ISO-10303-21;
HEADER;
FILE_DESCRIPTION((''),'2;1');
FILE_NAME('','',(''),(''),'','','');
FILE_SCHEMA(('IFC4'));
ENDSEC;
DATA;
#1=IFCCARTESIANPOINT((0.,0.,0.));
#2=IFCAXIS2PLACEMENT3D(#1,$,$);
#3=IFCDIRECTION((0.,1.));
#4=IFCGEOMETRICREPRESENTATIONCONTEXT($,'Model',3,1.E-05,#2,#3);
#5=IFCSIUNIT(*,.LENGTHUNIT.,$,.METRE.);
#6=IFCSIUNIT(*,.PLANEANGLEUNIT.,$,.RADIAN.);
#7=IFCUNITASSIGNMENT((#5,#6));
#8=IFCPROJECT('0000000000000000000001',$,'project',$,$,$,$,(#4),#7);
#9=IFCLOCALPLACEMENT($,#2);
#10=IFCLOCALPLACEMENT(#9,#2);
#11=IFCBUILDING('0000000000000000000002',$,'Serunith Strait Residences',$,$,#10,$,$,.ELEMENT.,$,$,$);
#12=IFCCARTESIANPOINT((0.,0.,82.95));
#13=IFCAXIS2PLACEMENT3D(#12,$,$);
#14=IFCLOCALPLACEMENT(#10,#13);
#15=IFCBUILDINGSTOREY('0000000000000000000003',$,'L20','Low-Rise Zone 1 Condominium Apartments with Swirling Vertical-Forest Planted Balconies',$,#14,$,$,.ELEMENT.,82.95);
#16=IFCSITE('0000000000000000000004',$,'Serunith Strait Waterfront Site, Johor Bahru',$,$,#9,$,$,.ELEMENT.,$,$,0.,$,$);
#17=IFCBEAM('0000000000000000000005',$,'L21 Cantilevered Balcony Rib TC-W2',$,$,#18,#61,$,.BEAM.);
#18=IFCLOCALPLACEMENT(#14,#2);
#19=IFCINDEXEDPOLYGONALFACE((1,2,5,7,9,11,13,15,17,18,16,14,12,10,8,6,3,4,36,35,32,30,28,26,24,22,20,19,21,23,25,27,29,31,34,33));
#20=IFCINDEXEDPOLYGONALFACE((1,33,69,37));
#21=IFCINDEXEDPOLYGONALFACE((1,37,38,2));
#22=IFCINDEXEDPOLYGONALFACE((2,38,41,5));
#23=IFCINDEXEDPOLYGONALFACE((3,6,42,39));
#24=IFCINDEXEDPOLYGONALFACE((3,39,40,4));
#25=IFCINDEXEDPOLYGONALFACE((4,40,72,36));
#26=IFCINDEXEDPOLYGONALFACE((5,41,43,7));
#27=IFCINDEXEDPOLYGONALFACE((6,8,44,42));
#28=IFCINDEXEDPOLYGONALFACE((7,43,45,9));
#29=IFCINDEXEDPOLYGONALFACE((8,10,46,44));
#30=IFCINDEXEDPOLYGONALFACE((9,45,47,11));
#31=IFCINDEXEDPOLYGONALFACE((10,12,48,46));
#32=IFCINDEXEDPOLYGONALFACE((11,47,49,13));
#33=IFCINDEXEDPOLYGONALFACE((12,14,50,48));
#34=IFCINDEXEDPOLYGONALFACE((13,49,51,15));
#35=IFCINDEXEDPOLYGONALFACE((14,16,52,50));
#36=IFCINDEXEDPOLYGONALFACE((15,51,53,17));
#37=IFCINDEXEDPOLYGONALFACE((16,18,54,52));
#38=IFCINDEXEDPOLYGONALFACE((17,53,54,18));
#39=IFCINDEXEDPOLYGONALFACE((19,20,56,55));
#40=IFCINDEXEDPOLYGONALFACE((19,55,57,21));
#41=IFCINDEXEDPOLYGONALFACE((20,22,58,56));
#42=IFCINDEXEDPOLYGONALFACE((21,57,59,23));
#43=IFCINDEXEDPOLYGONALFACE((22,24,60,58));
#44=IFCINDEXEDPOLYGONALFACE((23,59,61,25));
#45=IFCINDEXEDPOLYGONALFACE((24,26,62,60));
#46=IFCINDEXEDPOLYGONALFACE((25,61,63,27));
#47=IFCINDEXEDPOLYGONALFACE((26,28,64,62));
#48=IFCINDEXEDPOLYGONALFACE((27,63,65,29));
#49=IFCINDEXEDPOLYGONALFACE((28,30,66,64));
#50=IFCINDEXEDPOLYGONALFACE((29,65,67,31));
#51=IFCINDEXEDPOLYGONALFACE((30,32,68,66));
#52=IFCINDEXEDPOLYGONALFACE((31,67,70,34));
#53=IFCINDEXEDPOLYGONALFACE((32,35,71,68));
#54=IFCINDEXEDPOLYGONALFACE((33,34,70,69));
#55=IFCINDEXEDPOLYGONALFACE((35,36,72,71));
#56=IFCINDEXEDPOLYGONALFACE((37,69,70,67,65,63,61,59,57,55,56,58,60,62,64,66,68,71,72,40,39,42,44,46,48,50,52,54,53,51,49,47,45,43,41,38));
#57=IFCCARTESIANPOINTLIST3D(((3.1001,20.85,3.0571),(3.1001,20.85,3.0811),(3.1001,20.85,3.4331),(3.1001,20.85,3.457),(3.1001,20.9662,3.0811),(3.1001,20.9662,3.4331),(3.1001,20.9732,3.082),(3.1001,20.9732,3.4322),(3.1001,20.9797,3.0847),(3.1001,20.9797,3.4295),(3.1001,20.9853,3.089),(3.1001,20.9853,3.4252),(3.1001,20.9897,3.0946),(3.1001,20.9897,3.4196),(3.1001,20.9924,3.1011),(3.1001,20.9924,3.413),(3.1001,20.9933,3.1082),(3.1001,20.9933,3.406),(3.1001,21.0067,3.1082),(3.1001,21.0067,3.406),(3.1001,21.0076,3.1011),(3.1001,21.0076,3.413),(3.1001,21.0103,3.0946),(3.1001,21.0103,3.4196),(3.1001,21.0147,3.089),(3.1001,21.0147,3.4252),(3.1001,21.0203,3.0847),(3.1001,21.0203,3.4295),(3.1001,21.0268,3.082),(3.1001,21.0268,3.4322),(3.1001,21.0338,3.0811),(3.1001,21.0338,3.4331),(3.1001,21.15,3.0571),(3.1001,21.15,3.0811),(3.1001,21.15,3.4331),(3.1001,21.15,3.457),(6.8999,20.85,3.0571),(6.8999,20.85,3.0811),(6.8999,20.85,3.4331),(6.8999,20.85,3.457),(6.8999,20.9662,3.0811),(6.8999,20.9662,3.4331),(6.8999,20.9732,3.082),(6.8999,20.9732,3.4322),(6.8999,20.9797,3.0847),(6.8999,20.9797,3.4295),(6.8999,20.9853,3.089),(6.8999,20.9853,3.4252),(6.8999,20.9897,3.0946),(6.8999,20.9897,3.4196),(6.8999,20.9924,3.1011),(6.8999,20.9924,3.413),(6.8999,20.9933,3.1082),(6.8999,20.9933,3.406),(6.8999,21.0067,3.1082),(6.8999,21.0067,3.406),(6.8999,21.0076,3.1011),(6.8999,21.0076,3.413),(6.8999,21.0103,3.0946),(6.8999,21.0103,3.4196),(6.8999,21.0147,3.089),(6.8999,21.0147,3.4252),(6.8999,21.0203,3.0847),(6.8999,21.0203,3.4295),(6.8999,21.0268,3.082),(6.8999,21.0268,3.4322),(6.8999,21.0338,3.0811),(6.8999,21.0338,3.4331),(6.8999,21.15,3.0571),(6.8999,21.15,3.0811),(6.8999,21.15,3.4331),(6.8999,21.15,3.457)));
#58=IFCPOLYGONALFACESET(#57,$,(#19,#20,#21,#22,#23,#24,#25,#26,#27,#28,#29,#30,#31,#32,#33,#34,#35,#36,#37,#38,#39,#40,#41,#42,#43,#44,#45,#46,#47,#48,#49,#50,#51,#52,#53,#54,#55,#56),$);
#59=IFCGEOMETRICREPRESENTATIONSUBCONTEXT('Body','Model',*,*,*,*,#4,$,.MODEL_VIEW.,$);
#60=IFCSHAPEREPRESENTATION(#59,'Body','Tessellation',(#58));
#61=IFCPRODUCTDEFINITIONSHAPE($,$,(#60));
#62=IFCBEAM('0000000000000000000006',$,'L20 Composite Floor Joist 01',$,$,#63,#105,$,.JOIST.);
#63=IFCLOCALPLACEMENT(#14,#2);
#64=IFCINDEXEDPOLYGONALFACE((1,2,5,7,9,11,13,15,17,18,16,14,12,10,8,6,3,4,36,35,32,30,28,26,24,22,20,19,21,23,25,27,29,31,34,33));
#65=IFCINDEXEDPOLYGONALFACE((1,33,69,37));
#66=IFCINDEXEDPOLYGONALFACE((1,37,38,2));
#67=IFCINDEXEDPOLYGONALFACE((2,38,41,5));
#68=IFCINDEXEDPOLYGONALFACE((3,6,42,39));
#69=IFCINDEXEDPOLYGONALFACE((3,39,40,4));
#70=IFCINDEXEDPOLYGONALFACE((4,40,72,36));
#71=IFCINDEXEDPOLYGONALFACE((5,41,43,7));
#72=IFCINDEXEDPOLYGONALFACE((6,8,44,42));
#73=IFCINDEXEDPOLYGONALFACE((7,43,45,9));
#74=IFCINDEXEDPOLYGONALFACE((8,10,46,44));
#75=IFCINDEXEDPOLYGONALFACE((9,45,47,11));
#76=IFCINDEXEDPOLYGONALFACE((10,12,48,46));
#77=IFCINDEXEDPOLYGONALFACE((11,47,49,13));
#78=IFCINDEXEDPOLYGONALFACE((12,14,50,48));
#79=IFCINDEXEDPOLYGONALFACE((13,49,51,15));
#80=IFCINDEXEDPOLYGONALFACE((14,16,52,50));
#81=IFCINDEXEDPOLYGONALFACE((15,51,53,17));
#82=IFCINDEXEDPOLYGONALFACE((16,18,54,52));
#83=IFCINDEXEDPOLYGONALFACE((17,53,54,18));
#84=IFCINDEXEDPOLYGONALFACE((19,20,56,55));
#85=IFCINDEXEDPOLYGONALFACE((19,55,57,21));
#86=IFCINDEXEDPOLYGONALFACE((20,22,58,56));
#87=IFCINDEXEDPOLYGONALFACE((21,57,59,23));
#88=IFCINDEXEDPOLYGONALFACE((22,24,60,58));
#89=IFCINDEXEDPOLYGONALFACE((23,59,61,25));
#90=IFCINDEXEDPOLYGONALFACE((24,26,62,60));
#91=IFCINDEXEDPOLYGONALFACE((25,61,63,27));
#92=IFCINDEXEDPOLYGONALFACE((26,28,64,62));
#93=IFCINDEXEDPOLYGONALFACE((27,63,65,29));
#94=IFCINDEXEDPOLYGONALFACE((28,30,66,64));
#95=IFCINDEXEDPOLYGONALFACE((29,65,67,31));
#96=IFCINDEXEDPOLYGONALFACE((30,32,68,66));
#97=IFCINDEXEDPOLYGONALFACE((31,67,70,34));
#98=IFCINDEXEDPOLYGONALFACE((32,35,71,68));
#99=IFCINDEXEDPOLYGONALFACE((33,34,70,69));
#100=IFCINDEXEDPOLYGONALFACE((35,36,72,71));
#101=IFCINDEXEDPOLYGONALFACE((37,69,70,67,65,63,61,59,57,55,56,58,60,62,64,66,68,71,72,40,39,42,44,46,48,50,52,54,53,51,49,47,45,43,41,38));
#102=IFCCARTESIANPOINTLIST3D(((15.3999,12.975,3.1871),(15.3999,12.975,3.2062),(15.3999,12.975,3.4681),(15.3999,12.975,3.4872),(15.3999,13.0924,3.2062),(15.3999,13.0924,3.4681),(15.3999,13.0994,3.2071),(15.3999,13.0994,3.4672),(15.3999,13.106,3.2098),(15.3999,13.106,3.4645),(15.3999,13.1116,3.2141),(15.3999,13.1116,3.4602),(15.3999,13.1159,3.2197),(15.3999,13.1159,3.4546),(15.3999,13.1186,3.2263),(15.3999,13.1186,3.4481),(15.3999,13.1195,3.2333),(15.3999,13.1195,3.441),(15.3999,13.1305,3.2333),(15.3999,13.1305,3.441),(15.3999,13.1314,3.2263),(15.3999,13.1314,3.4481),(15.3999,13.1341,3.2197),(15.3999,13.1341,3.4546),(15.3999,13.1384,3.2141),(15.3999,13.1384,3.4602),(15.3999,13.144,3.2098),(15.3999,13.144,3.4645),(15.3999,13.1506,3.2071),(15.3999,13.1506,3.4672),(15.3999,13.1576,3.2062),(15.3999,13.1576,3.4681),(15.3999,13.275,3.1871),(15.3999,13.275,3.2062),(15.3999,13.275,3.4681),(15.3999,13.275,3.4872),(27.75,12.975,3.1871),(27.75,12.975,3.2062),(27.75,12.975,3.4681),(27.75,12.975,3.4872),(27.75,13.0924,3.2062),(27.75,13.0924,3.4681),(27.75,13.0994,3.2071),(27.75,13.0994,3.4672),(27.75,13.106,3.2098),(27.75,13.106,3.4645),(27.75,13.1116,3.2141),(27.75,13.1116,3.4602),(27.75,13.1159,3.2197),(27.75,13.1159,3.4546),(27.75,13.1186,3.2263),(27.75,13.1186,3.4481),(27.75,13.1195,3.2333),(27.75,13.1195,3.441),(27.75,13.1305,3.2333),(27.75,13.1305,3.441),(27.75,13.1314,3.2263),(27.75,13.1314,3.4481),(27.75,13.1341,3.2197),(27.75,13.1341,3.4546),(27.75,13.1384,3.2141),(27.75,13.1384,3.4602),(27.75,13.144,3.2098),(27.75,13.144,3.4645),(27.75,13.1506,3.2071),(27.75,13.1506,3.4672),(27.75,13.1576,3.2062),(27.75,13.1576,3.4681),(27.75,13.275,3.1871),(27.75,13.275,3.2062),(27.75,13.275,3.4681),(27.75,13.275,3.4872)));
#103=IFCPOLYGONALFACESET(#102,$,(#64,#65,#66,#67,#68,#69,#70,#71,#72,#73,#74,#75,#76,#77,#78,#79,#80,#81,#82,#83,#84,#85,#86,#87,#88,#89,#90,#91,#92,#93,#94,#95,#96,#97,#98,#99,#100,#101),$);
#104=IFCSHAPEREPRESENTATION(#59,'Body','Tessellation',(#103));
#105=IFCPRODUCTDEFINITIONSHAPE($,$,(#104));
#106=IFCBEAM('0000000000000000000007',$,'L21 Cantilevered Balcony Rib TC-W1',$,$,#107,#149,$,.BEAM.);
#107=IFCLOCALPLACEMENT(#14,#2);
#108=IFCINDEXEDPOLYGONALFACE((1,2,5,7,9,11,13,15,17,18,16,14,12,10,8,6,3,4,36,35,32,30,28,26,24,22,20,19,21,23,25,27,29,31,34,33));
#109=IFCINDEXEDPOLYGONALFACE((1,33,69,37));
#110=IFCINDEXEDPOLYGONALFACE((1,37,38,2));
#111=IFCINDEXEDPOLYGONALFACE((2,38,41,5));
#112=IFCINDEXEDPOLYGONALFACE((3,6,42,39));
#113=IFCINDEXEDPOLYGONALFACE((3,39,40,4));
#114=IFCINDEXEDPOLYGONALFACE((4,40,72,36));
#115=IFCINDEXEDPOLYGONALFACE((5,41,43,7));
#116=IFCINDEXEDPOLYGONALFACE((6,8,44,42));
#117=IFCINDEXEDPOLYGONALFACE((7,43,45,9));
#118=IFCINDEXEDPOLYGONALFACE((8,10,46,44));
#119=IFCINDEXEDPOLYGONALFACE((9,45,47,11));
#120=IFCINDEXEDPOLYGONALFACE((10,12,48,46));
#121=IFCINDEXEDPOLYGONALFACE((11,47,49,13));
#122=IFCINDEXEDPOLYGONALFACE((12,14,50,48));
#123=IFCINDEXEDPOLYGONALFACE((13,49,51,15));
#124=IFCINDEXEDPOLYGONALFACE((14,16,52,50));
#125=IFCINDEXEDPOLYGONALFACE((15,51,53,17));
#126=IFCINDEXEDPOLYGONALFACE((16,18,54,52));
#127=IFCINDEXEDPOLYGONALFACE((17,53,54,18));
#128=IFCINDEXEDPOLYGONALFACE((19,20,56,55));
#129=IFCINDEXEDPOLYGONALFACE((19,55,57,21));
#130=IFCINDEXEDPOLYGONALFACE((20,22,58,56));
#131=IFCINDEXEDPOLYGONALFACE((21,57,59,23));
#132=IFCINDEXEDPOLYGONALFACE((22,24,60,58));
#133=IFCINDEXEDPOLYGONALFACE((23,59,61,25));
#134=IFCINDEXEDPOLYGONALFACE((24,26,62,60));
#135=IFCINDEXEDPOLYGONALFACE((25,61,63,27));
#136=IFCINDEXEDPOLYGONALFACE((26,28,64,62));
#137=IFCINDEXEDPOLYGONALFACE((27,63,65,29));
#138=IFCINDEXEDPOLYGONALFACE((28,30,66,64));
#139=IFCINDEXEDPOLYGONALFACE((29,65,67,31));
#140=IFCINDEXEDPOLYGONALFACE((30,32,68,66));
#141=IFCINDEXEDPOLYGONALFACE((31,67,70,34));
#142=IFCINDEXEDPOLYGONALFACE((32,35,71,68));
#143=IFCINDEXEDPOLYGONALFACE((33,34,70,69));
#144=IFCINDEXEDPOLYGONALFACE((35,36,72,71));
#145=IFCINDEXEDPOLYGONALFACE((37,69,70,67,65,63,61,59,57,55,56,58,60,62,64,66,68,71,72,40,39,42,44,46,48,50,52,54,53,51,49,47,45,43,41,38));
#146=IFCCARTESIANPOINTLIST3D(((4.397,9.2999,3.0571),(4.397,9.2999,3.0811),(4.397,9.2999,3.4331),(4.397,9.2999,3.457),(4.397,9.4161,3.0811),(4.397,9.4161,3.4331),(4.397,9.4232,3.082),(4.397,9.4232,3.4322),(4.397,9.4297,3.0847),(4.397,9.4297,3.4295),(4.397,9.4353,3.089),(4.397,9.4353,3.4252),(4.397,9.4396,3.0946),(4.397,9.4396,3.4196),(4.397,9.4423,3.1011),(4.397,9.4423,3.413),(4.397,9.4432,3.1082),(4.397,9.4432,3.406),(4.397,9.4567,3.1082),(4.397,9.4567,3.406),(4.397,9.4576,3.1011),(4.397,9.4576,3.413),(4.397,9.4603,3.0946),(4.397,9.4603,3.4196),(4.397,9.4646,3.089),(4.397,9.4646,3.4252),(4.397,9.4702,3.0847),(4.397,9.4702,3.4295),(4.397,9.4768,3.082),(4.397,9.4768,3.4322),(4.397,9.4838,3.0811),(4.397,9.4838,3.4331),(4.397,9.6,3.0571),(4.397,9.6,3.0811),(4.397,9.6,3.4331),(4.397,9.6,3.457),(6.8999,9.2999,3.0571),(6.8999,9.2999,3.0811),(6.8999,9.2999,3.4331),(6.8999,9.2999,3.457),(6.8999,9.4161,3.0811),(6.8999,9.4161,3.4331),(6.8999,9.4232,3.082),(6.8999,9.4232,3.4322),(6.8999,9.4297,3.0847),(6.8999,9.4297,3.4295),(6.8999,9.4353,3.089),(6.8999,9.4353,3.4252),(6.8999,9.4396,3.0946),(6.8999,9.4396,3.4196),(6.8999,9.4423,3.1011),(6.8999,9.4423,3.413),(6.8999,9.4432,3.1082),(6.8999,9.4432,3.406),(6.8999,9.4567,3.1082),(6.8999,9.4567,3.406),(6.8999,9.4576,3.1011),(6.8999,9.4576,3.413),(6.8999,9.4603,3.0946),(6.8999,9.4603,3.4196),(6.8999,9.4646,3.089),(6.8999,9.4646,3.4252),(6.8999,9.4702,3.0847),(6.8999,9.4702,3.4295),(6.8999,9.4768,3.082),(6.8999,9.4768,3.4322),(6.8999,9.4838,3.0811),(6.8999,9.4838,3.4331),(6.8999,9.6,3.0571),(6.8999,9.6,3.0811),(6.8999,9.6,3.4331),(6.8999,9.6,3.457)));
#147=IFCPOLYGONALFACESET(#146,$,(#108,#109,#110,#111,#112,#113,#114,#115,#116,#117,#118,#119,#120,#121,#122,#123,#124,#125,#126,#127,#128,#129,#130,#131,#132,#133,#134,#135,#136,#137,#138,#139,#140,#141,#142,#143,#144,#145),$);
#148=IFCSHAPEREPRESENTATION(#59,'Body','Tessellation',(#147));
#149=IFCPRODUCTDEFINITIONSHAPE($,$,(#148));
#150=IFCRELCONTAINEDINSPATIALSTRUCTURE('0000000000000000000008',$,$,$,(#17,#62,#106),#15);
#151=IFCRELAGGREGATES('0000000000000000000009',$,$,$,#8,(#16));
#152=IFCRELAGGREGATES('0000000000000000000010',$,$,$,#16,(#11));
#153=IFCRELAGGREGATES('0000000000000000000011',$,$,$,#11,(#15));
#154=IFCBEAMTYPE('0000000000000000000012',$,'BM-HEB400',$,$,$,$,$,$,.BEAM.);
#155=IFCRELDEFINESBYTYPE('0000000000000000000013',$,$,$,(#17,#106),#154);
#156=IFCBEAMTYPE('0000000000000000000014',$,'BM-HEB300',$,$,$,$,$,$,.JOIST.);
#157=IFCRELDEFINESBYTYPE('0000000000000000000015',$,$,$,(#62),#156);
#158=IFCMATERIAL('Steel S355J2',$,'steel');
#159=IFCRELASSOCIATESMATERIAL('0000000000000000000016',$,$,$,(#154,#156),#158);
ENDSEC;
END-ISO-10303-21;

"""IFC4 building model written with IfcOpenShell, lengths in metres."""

from ifc_helpers import new_model, si_unit, direction, frame, origin, origin_2d, place, context, subcontext, project, spatial, i_section, extrude, source, transform, mapped, material, material_profile, profile_set, type_object, element, save


model = new_model("IFC4")

# Units and contexts
model_context = context("Model", 3, precision=1e-05, world=origin(), true_north=direction((0.0, 1.0)))
body_context = subcontext(model_context, "Body", "Model", "MODEL_VIEW")
ifc_project = project(units=[si_unit("LENGTHUNIT", "METRE"), si_unit("PLANEANGLEUNIT", "RADIAN")], contexts=[model_context])

# Site, building, storey
site_placement = place(None, origin())
site = spatial("IfcSite", under=ifc_project, at=site_placement, Name="Serunith Strait Waterfront Site, Johor Bahru", CompositionType="ELEMENT", RefElevation=0.0)
building_placement = place(site_placement, origin())
building = spatial("IfcBuilding", under=site, at=building_placement, Name="Serunith Strait Residences", CompositionType="ELEMENT")
storey_placement = place(building_placement, frame((0.0, 0.0, 82.95)))
storey = spatial("IfcBuildingStorey", under=building, at=storey_placement, Name="L20", Description="Low-Rise Zone 1 Condominium Apartments with Swirling Vertical-Forest Planted Balconies", CompositionType="ELEMENT", Elevation=82.95)

# Beams
ifc_material_1 = material(Name="Steel S355J2", Category="steel")
ifc_material_profile_1 = material_profile(ifc_material_1, i_section(OverallWidth=0.3, OverallDepth=0.3999, WebThickness=0.0134, FlangeThickness=0.0239, FilletRadius=0.0271, at=origin_2d()), Name="HEB 400")
ifc_profile_set_1 = profile_set([ifc_material_profile_1], Name="Steel S355J2")
beam_type_1 = type_object("IfcBeamType", Name="BM-HEB400", PredefinedType="BEAM", material=ifc_profile_set_1)
shared_shape_1 = source(origin(), body_context, "Body", "SweptSolid", [
    extrude(i_section(OverallWidth=0.3, OverallDepth=0.3999, WebThickness=0.0134, FlangeThickness=0.0239, FilletRadius=0.0271, at=origin_2d()), origin(), (0.0, 0.0, 1.0), 3.7998),
])
beam_1_placement = place(storey_placement, frame((6.8999, 21.0, 3.2571), z_axis=(-1.0, 0.0, 0.0), x_axis=(0.0, -1.0, 0.0)))
element("IfcBeam", 1, at=beam_1_placement, inside=storey, type_object=beam_type_1, Name="L21 Cantilevered Balcony Rib TC-W2", PredefinedType="BEAM", context=body_context, shape_type="MappedRepresentation", body=[
    mapped(shared_shape_1, transform((0.0, 0.0, 0.0), scale=1.0)),
])
ifc_material_profile_2 = material_profile(ifc_material_1, i_section(OverallWidth=0.3, OverallDepth=0.3, WebThickness=0.011, FlangeThickness=0.019, FilletRadius=0.0271, at=origin_2d()), Name="HEB 300")
ifc_profile_set_2 = profile_set([ifc_material_profile_2], Name="Steel S355J2")
beam_type_2 = type_object("IfcBeamType", Name="BM-HEB300", PredefinedType="JOIST", material=ifc_profile_set_2)
shared_shape_2 = source(origin(), body_context, "Body", "SweptSolid", [
    extrude(i_section(OverallWidth=0.3, OverallDepth=0.3, WebThickness=0.011, FlangeThickness=0.019, FilletRadius=0.0271, at=origin_2d()), origin(), (0.0, 0.0, 1.0), 12.3501),
])
beam_2_placement = place(storey_placement, frame((15.3999, 13.125, 3.3372), z_axis=(1.0, 0.0, 0.0), x_axis=(0.0, 1.0, 0.0)))
element("IfcBeam", 2, at=beam_2_placement, inside=storey, type_object=beam_type_2, Name="L20 Composite Floor Joist 01", PredefinedType="JOIST", context=body_context, shape_type="MappedRepresentation", body=[
    mapped(shared_shape_2, transform((0.0, 0.0, 0.0), scale=1.0)),
])
shared_shape_3 = source(origin(), body_context, "Body", "SweptSolid", [
    extrude(i_section(OverallWidth=0.3, OverallDepth=0.3999, WebThickness=0.0134, FlangeThickness=0.0239, FilletRadius=0.0271, at=origin_2d()), origin(), (0.0, 0.0, 1.0), 2.5029),
])
beam_3_placement = place(storey_placement, frame((6.8999, 9.45, 3.2571), z_axis=(-1.0, 0.0, 0.0), x_axis=(0.0, -1.0, 0.0)))
element("IfcBeam", 3, at=beam_3_placement, inside=storey, type_object=beam_type_1, Name="L21 Cantilevered Balcony Rib TC-W1", PredefinedType="BEAM", context=body_context, shape_type="MappedRepresentation", body=[
    mapped(shared_shape_3, transform((0.0, 0.0, 0.0), scale=1.0)),
])

save(model, "model.ifc")
